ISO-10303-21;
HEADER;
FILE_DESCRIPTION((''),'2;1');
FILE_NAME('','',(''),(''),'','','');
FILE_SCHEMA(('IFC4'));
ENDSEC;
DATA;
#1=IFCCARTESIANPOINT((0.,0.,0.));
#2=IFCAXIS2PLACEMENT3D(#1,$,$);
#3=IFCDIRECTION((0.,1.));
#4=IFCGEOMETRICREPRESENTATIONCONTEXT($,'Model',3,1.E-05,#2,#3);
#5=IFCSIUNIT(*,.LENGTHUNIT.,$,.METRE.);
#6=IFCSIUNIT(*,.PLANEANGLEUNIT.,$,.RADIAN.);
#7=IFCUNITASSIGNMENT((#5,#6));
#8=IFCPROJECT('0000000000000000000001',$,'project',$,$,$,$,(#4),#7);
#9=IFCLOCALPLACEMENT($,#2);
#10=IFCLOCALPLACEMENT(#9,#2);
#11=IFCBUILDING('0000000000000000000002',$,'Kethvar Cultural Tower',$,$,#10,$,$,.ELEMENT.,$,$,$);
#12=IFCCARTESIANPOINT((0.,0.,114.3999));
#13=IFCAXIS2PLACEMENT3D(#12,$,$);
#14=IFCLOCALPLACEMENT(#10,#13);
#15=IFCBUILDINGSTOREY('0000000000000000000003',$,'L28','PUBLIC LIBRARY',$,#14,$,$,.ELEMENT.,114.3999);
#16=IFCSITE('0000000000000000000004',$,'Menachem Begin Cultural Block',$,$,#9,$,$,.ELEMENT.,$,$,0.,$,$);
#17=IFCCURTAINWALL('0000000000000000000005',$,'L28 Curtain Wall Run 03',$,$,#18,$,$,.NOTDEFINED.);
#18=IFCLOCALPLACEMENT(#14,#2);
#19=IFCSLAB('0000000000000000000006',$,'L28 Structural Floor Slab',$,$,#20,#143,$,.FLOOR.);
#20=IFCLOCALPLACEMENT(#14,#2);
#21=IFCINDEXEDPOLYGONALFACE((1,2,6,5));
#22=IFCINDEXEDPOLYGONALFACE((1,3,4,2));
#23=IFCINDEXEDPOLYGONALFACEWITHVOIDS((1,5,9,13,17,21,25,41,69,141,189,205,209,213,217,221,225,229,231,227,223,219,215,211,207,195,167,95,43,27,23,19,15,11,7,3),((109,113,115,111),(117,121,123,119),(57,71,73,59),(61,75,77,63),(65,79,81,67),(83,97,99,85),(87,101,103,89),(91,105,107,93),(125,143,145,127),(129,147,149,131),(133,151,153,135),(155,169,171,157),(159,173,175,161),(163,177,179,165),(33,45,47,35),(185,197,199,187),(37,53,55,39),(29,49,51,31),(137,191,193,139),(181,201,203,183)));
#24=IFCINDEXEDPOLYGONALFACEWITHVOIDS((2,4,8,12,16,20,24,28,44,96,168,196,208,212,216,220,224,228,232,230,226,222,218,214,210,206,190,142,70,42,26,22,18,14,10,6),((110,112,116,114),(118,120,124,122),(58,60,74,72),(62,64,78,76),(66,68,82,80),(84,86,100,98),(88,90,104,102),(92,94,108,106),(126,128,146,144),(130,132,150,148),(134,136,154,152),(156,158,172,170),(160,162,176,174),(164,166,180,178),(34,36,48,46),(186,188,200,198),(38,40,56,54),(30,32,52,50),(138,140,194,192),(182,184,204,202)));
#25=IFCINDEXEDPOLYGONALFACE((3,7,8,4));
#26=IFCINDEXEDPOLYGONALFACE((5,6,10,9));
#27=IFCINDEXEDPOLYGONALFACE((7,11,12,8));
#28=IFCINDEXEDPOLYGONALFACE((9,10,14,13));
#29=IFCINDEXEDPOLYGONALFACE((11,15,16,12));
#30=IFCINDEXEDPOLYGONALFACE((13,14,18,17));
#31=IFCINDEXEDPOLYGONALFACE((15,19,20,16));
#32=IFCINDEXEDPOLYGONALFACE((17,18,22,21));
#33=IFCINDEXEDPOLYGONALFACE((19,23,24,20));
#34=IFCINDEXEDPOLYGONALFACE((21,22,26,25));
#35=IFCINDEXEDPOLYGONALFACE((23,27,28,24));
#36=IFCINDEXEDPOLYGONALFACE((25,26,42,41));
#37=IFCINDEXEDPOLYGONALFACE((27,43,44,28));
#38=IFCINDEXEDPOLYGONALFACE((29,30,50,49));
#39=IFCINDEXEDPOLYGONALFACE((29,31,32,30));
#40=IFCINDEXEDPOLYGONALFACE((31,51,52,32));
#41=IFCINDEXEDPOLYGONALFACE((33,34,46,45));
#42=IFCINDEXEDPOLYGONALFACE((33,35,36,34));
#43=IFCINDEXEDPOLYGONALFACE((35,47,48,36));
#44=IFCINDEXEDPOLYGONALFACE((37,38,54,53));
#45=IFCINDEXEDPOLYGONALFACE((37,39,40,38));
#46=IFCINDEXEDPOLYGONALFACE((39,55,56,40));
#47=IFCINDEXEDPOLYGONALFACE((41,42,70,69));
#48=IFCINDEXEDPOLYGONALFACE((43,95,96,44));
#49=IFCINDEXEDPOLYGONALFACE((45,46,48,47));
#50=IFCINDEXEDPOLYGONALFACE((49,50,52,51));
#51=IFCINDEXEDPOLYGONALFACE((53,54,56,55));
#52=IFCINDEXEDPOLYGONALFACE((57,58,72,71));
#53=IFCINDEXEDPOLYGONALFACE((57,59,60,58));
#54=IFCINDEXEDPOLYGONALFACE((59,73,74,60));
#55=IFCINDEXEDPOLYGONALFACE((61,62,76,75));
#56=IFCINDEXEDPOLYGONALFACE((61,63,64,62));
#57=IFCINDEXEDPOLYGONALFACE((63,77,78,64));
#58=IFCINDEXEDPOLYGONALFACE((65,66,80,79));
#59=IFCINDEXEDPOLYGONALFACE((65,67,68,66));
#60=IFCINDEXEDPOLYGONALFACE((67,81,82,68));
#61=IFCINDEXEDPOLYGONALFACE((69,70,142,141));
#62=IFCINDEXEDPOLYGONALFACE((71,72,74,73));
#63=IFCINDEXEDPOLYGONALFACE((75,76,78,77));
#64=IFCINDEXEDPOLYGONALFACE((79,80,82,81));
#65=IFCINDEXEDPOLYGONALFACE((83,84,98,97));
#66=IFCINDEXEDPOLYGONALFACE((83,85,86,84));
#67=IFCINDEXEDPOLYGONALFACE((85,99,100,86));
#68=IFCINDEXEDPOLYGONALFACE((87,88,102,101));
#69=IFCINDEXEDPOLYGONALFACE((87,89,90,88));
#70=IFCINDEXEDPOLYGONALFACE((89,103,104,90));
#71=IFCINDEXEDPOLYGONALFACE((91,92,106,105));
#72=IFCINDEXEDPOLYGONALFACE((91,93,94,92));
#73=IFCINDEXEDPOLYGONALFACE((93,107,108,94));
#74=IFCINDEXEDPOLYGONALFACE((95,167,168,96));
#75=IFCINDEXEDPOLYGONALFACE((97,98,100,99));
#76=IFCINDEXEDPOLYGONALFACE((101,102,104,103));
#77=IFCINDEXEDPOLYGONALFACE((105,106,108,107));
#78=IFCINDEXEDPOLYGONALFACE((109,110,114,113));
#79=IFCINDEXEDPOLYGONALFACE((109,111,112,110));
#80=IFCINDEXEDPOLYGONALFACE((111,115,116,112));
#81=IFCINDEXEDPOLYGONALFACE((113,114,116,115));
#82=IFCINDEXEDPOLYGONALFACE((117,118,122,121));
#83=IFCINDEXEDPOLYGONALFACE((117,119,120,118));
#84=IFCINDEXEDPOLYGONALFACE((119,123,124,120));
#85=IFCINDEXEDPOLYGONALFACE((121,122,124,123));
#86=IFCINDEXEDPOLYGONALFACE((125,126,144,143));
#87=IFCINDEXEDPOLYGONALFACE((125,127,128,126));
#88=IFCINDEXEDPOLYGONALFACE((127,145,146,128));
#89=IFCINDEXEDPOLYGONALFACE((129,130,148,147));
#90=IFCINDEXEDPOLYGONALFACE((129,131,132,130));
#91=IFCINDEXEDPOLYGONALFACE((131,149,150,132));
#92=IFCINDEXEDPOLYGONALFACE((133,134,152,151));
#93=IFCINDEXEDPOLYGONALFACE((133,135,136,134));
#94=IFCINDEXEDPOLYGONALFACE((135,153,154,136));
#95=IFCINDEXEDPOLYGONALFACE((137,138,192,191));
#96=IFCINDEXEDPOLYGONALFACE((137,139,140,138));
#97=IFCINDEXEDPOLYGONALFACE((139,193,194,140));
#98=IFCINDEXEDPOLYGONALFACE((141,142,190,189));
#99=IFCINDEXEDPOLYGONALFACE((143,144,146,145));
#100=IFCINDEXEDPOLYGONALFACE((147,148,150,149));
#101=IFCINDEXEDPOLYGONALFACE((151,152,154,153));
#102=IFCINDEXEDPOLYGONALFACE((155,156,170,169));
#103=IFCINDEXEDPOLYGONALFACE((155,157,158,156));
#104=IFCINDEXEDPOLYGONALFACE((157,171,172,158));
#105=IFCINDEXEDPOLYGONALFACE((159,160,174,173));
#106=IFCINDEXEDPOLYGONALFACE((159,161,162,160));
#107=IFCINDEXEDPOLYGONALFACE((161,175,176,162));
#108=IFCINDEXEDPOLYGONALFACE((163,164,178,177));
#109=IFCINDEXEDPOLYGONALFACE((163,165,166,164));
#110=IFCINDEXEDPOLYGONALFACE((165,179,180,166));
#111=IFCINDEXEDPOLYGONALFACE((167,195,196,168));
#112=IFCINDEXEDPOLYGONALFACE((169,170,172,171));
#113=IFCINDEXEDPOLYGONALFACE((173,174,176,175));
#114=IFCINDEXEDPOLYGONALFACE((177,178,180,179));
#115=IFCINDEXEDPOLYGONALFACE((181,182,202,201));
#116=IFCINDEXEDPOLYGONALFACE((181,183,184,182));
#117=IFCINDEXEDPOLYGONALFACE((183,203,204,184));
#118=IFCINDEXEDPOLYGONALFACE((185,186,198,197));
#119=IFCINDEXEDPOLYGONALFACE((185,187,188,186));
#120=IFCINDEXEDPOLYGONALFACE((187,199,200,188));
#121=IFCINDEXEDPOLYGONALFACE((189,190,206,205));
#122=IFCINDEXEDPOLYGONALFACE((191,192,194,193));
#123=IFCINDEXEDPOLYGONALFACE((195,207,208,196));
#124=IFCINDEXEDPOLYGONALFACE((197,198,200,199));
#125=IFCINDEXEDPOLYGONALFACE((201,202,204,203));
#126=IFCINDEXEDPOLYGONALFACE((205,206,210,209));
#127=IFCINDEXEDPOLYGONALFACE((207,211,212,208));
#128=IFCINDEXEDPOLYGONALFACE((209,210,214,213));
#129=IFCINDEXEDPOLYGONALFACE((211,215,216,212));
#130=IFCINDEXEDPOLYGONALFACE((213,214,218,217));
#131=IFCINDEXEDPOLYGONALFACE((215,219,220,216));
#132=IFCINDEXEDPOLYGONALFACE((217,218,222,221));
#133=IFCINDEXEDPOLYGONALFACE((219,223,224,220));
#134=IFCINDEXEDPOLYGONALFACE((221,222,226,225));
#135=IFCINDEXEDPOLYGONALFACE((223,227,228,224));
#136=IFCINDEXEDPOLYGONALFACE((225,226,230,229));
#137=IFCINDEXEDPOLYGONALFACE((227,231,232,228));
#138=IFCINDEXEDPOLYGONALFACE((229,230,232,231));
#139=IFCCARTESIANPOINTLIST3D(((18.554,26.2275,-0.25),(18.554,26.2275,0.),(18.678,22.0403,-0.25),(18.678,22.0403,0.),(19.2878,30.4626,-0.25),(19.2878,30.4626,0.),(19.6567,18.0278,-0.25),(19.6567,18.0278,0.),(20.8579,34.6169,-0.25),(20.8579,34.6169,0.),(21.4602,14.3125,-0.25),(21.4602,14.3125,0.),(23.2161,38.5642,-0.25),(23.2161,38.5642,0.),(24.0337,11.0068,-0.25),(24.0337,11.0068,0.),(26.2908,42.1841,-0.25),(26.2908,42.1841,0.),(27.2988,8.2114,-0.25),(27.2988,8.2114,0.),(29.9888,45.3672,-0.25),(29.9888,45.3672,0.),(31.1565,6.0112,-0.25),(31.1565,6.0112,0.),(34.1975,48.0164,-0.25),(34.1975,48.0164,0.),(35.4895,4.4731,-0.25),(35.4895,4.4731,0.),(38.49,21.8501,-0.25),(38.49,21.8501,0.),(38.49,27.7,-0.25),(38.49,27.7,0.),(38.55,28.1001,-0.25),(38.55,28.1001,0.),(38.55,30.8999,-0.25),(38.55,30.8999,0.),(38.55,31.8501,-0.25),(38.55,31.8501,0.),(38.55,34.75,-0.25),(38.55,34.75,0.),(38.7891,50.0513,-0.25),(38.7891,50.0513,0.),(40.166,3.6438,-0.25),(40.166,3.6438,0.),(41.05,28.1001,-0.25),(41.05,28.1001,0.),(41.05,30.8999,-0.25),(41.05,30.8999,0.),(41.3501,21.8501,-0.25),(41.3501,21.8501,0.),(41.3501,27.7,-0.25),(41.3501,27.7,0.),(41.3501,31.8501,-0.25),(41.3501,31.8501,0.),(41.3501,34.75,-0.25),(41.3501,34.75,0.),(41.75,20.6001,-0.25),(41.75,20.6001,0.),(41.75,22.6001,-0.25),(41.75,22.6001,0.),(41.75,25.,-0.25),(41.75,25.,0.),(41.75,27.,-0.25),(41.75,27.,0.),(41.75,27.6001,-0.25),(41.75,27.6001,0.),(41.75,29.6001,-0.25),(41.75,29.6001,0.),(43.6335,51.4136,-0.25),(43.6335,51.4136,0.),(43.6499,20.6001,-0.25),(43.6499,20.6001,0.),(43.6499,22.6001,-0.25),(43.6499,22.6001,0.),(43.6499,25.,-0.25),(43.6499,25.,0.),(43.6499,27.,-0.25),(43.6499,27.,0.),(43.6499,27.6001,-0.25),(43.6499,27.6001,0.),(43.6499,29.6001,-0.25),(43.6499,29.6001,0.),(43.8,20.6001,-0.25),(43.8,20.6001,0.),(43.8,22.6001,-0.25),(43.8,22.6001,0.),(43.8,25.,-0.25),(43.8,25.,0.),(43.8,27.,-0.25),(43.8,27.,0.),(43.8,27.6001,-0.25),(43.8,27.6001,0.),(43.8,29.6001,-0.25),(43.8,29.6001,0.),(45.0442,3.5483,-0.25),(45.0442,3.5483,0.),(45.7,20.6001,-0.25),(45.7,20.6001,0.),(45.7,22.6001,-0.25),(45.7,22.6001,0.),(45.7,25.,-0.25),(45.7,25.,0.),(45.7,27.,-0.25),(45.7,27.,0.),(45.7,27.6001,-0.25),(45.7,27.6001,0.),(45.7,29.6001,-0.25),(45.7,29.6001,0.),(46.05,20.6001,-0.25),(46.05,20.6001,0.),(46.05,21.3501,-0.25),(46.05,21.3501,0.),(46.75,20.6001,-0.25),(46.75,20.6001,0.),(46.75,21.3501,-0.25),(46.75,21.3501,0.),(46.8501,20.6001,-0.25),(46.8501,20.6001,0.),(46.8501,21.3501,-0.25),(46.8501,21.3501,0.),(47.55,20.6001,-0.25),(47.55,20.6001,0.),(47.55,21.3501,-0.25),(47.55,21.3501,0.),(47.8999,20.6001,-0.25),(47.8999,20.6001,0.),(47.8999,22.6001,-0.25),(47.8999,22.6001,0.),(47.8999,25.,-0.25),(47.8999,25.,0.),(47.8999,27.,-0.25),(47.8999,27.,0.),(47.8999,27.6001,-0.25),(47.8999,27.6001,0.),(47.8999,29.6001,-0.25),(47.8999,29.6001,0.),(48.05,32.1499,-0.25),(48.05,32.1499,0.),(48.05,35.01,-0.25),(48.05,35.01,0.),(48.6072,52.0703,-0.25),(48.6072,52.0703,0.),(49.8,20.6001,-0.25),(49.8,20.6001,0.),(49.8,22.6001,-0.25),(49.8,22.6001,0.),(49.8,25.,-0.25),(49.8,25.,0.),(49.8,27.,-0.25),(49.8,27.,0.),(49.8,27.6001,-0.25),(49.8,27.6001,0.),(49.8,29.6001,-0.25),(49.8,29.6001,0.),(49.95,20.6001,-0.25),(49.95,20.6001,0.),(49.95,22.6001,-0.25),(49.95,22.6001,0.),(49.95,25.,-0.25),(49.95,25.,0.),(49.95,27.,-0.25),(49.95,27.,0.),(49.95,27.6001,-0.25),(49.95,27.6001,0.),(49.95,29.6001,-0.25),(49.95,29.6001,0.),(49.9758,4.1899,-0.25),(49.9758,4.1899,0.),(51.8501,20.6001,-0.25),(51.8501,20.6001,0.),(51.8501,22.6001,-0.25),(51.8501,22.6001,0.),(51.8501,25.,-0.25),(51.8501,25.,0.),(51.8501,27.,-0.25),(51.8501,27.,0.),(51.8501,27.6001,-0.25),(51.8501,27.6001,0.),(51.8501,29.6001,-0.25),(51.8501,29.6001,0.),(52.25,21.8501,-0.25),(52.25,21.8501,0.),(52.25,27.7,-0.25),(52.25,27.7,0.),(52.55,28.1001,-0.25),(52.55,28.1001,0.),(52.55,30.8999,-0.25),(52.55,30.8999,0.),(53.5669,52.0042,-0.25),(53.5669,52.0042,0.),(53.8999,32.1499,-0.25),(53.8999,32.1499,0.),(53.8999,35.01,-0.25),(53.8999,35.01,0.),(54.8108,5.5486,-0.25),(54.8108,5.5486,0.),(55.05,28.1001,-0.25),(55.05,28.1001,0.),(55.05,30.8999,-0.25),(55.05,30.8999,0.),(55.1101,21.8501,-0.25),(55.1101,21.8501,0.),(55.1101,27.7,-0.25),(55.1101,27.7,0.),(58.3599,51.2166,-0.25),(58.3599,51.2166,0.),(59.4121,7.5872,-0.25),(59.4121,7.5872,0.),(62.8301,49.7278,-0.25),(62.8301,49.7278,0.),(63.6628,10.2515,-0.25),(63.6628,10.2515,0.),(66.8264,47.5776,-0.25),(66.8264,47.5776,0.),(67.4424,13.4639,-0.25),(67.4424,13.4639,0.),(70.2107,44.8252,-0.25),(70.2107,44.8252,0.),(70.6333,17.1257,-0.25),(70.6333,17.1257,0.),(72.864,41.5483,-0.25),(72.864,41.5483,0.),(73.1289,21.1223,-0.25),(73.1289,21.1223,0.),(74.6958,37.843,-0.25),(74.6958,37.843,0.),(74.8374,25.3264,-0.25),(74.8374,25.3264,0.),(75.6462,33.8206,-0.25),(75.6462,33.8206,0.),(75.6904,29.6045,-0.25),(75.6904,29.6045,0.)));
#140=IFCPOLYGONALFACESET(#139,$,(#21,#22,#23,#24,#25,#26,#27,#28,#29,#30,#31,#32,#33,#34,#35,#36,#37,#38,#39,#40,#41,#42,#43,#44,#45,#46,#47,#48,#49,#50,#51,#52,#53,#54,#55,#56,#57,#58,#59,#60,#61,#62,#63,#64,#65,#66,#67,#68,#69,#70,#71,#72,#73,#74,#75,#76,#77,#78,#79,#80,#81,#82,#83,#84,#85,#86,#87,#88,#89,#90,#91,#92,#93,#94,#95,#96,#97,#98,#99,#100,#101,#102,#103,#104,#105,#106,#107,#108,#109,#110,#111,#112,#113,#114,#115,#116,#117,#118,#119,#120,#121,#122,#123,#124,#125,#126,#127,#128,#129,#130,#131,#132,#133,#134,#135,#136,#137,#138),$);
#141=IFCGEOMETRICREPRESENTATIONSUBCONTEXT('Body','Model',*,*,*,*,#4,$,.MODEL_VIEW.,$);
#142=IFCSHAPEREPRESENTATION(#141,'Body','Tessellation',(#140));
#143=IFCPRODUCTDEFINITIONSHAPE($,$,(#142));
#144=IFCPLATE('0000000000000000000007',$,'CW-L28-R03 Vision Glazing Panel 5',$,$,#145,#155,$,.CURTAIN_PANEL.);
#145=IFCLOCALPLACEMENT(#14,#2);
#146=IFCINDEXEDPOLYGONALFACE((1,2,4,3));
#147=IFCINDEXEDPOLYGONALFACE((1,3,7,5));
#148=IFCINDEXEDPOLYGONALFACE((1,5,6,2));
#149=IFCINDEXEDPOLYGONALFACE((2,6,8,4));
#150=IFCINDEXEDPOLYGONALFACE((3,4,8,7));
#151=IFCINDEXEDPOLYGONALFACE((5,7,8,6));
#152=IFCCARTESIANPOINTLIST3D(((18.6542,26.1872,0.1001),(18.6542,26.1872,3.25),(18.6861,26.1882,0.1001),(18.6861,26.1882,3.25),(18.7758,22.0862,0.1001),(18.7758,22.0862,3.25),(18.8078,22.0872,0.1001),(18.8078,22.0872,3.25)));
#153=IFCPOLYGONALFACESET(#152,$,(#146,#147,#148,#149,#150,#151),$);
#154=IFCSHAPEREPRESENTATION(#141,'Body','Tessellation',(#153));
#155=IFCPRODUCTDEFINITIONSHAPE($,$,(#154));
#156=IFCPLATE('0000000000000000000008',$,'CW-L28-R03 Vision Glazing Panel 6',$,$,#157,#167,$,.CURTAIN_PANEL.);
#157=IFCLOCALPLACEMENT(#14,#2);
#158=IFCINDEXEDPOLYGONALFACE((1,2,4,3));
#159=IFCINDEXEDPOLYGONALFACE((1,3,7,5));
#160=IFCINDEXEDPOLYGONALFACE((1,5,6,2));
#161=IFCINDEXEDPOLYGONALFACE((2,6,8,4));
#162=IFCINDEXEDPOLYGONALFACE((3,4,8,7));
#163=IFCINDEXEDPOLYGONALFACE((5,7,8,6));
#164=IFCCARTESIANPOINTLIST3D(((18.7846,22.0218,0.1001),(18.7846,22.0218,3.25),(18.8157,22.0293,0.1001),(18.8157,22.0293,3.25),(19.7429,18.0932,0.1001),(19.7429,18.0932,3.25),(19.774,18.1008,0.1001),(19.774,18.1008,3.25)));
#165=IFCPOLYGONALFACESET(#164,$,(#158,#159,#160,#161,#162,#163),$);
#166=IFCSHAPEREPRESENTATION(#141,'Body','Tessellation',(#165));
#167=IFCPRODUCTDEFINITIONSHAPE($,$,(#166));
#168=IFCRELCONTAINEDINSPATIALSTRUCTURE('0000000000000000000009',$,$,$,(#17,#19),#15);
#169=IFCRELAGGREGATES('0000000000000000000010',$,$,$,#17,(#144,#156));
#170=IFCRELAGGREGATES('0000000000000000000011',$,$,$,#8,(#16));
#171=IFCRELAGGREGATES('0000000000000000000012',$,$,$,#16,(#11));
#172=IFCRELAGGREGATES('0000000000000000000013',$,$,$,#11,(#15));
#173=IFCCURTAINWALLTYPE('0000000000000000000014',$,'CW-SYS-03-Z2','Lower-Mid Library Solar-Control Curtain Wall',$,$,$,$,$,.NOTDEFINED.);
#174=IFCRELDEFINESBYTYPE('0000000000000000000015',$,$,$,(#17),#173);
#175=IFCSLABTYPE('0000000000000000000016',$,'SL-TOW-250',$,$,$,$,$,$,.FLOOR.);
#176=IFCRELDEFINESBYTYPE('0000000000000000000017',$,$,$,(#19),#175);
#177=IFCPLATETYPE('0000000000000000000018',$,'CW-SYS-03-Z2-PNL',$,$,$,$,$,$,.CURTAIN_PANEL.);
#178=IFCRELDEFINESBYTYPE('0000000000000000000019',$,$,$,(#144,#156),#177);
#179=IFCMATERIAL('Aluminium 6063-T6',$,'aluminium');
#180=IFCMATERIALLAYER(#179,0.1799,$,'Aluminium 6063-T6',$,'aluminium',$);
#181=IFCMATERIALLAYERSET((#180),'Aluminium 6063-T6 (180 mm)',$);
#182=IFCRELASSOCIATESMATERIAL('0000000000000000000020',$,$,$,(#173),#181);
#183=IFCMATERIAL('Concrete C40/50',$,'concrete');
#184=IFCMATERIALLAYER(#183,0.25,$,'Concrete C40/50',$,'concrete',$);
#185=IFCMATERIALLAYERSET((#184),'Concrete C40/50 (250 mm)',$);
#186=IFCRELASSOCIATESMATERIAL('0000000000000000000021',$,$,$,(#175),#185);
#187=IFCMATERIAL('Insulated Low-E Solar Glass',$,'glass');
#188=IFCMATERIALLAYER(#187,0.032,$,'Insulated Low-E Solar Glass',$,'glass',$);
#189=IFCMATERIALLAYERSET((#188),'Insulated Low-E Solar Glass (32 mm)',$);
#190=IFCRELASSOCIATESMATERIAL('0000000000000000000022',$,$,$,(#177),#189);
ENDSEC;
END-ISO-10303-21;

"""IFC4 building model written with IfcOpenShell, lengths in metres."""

from ifc_helpers import new_model, si_unit, direction, frame, origin, origin_2d, place, context, subcontext, project, spatial, polyline, rectangle, outline, extrude, source, transform, mapped, material, layer, layer_set, type_object, element, aggregate, save


model = new_model("IFC4")

# Units and contexts
model_context = context("Model", 3, precision=1e-05, world=origin(), true_north=direction((0.0, 1.0)))
body_context = subcontext(model_context, "Body", "Model", "MODEL_VIEW")
ifc_project = project(units=[si_unit("LENGTHUNIT", "METRE"), si_unit("PLANEANGLEUNIT", "RADIAN")], contexts=[model_context])

# Site, building, storey
site_placement = place(None, origin())
site = spatial("IfcSite", under=ifc_project, at=site_placement, Name="Menachem Begin Cultural Block", CompositionType="ELEMENT", RefElevation=0.0)
building_placement = place(site_placement, origin())
building = spatial("IfcBuilding", under=site, at=building_placement, Name="Kethvar Cultural Tower", CompositionType="ELEMENT")
storey_placement = place(building_placement, frame((0.0, 0.0, 114.3999)))
storey = spatial("IfcBuildingStorey", under=building, at=storey_placement, Name="L28", Description="PUBLIC LIBRARY", CompositionType="ELEMENT", Elevation=114.3999)

# Curtain wall
ifc_material_1 = material(Name="Aluminium 6063-T6", Category="aluminium")
ifc_layer_1 = layer(ifc_material_1, 0.1799, Name="Aluminium 6063-T6", Category="aluminium")
ifc_layer_set_1 = layer_set([ifc_layer_1], Name="Aluminium 6063-T6 (180 mm)")
curtain_wall_type = type_object("IfcCurtainWallType", Name="CW-SYS-03-Z2", Description="Lower-Mid Library Solar-Control Curtain Wall", PredefinedType="NOTDEFINED", material=ifc_layer_set_1)
curtain_wall_placement = place(storey_placement, origin())
curtain_wall = element("IfcCurtainWall", 1, at=curtain_wall_placement, inside=storey, type_object=curtain_wall_type, Name="L28 Curtain Wall Run 03", PredefinedType="NOTDEFINED")

# Shared definitions
ifc_material_2 = material(Name="Concrete C40/50", Category="concrete")

# Slab
ifc_layer_2 = layer(ifc_material_2, 0.25, Name="Concrete C40/50", Category="concrete")
ifc_layer_set_2 = layer_set([ifc_layer_2], Name="Concrete C40/50 (250 mm)")
slab_type_1 = type_object("IfcSlabType", Name="SL-TOW-250", PredefinedType="FLOOR", material=ifc_layer_set_2)
slab_1_placement = place(storey_placement, frame((0.0, 0.0, -0.25)))
element("IfcSlab", 2, at=slab_1_placement, inside=storey, type_object=slab_type_1, Name="L28 Structural Floor Slab", PredefinedType="FLOOR", context=body_context, shape_type="SweptSolid", body=[
    extrude(outline(polyline([(74.6958, 37.843), (72.864, 41.5483), (70.2107, 44.8252), (66.8264, 47.5776), (62.8301, 49.7278), (58.3599, 51.2166), (53.5669, 52.0042), (48.6072, 52.0703), (43.6335, 51.4136), (38.7891, 50.0513), (34.1975, 48.0164), (29.9888, 45.3672), (26.2908, 42.1841), (23.2161, 38.5642), (20.8579, 34.6169), (19.2878, 30.4626), (18.554, 26.2275), (18.678, 22.0403), (19.6567, 18.0278), (21.4602, 14.3125), (24.0337, 11.0068), (27.2988, 8.2114), (31.1565, 6.0112), (35.4895, 4.4731), (40.166, 3.6438), (45.0442, 3.5483), (49.9758, 4.1899), (54.8108, 5.5486), (59.4121, 7.5872), (63.6628, 10.2515), (67.4424, 13.4639), (70.6333, 17.1257), (73.1289, 21.1223), (74.8374, 25.3264), (75.6904, 29.6045), (75.6462, 33.8206), (74.6958, 37.843)]), holes=[polyline([(38.49, 21.8501), (38.49, 27.7), (41.3501, 27.7), (41.3501, 21.8501), (38.49, 21.8501)]), polyline([(52.25, 21.8501), (52.25, 27.7), (55.1101, 27.7), (55.1101, 21.8501), (52.25, 21.8501)]), polyline([(53.8999, 32.1499), (48.05, 32.1499), (48.05, 35.01), (53.8999, 35.01), (53.8999, 32.1499)]), polyline([(41.75, 22.6001), (43.6499, 22.6001), (43.6499, 20.6001), (41.75, 20.6001), (41.75, 22.6001)]), polyline([(43.8, 22.6001), (45.7, 22.6001), (45.7, 20.6001), (43.8, 20.6001), (43.8, 22.6001)]), polyline([(47.8999, 22.6001), (49.8, 22.6001), (49.8, 20.6001), (47.8999, 20.6001), (47.8999, 22.6001)]), polyline([(49.95, 22.6001), (51.8501, 22.6001), (51.8501, 20.6001), (49.95, 20.6001), (49.95, 22.6001)]), polyline([(41.75, 27.0), (43.6499, 27.0), (43.6499, 25.0), (41.75, 25.0), (41.75, 27.0)]), polyline([(43.8, 27.0), (45.7, 27.0), (45.7, 25.0), (43.8, 25.0), (43.8, 27.0)]), polyline([(47.8999, 27.0), (49.8, 27.0), (49.8, 25.0), (47.8999, 25.0), (47.8999, 27.0)]), polyline([(49.95, 27.0), (51.8501, 27.0), (51.8501, 25.0), (49.95, 25.0), (49.95, 27.0)]), polyline([(41.75, 29.6001), (43.6499, 29.6001), (43.6499, 27.6001), (41.75, 27.6001), (41.75, 29.6001)]), polyline([(43.8, 29.6001), (45.7, 29.6001), (45.7, 27.6001), (43.8, 27.6001), (43.8, 29.6001)]), polyline([(47.8999, 29.6001), (49.8, 29.6001), (49.8, 27.6001), (47.8999, 27.6001), (47.8999, 29.6001)]), polyline([(49.95, 29.6001), (51.8501, 29.6001), (51.8501, 27.6001), (49.95, 27.6001), (49.95, 29.6001)]), polyline([(38.55, 30.8999), (41.05, 30.8999), (41.05, 28.1001), (38.55, 28.1001), (38.55, 30.8999)]), polyline([(52.55, 30.8999), (55.05, 30.8999), (55.05, 28.1001), (52.55, 28.1001), (52.55, 30.8999)]), polyline([(38.55, 34.75), (41.3501, 34.75), (41.3501, 31.8501), (38.55, 31.8501), (38.55, 34.75)]), polyline([(46.05, 21.3501), (46.75, 21.3501), (46.75, 20.6001), (46.05, 20.6001), (46.05, 21.3501)]), polyline([(46.8501, 21.3501), (47.55, 21.3501), (47.55, 20.6001), (46.8501, 20.6001), (46.8501, 21.3501)])]), origin(), (0.0, 0.0, 1.0), 0.25),
])

# Plates
ifc_material_3 = material(Name="Insulated Low-E Solar Glass", Category="glass")
ifc_layer_3 = layer(ifc_material_3, 0.032, Name="Insulated Low-E Solar Glass", Category="glass")
ifc_layer_set_3 = layer_set([ifc_layer_3], Name="Insulated Low-E Solar Glass (32 mm)")
plate_type = type_object("IfcPlateType", Name="CW-SYS-03-Z2-PNL", PredefinedType="CURTAIN_PANEL", material=ifc_layer_set_3)
shared_shape_1 = source(origin(), body_context, "Body", "SweptSolid", [
    extrude(rectangle(XDim=4.1028, YDim=0.032, at=origin_2d()), origin(), (0.0, 0.0, 1.0), 3.1499),
])
plate_1_placement = place(storey_placement, frame((18.731, 24.1372, 0.1001), z_axis=(0.0, 0.0, 1.0), x_axis=(0.029649, -0.99956, 0.0)))
plate_1 = element("IfcPlate", 3, at=plate_1_placement, type_object=plate_type, Name="CW-L28-R03 Vision Glazing Panel 5", PredefinedType="CURTAIN_PANEL", context=body_context, shape_type="MappedRepresentation", body=[
    mapped(shared_shape_1, transform((0.0, 0.0, 0.0), scale=1.0)),
])
shared_shape_2 = source(origin(), body_context, "Body", "SweptSolid", [
    extrude(rectangle(XDim=4.0437, YDim=0.032, at=origin_2d()), origin(), (0.0, 0.0, 1.0), 3.1499),
])
plate_2_placement = place(storey_placement, frame((19.2793, 20.0613, 0.1001), z_axis=(0.0, 0.0, 1.0), x_axis=(0.236974, -0.971516, 0.0)))
plate_2 = element("IfcPlate", 4, at=plate_2_placement, type_object=plate_type, Name="CW-L28-R03 Vision Glazing Panel 6", PredefinedType="CURTAIN_PANEL", context=body_context, shape_type="MappedRepresentation", body=[
    mapped(shared_shape_2, transform((0.0, 0.0, 0.0), scale=1.0)),
])
aggregate(curtain_wall, [plate_1, plate_2])

save(model, "model.ifc")
